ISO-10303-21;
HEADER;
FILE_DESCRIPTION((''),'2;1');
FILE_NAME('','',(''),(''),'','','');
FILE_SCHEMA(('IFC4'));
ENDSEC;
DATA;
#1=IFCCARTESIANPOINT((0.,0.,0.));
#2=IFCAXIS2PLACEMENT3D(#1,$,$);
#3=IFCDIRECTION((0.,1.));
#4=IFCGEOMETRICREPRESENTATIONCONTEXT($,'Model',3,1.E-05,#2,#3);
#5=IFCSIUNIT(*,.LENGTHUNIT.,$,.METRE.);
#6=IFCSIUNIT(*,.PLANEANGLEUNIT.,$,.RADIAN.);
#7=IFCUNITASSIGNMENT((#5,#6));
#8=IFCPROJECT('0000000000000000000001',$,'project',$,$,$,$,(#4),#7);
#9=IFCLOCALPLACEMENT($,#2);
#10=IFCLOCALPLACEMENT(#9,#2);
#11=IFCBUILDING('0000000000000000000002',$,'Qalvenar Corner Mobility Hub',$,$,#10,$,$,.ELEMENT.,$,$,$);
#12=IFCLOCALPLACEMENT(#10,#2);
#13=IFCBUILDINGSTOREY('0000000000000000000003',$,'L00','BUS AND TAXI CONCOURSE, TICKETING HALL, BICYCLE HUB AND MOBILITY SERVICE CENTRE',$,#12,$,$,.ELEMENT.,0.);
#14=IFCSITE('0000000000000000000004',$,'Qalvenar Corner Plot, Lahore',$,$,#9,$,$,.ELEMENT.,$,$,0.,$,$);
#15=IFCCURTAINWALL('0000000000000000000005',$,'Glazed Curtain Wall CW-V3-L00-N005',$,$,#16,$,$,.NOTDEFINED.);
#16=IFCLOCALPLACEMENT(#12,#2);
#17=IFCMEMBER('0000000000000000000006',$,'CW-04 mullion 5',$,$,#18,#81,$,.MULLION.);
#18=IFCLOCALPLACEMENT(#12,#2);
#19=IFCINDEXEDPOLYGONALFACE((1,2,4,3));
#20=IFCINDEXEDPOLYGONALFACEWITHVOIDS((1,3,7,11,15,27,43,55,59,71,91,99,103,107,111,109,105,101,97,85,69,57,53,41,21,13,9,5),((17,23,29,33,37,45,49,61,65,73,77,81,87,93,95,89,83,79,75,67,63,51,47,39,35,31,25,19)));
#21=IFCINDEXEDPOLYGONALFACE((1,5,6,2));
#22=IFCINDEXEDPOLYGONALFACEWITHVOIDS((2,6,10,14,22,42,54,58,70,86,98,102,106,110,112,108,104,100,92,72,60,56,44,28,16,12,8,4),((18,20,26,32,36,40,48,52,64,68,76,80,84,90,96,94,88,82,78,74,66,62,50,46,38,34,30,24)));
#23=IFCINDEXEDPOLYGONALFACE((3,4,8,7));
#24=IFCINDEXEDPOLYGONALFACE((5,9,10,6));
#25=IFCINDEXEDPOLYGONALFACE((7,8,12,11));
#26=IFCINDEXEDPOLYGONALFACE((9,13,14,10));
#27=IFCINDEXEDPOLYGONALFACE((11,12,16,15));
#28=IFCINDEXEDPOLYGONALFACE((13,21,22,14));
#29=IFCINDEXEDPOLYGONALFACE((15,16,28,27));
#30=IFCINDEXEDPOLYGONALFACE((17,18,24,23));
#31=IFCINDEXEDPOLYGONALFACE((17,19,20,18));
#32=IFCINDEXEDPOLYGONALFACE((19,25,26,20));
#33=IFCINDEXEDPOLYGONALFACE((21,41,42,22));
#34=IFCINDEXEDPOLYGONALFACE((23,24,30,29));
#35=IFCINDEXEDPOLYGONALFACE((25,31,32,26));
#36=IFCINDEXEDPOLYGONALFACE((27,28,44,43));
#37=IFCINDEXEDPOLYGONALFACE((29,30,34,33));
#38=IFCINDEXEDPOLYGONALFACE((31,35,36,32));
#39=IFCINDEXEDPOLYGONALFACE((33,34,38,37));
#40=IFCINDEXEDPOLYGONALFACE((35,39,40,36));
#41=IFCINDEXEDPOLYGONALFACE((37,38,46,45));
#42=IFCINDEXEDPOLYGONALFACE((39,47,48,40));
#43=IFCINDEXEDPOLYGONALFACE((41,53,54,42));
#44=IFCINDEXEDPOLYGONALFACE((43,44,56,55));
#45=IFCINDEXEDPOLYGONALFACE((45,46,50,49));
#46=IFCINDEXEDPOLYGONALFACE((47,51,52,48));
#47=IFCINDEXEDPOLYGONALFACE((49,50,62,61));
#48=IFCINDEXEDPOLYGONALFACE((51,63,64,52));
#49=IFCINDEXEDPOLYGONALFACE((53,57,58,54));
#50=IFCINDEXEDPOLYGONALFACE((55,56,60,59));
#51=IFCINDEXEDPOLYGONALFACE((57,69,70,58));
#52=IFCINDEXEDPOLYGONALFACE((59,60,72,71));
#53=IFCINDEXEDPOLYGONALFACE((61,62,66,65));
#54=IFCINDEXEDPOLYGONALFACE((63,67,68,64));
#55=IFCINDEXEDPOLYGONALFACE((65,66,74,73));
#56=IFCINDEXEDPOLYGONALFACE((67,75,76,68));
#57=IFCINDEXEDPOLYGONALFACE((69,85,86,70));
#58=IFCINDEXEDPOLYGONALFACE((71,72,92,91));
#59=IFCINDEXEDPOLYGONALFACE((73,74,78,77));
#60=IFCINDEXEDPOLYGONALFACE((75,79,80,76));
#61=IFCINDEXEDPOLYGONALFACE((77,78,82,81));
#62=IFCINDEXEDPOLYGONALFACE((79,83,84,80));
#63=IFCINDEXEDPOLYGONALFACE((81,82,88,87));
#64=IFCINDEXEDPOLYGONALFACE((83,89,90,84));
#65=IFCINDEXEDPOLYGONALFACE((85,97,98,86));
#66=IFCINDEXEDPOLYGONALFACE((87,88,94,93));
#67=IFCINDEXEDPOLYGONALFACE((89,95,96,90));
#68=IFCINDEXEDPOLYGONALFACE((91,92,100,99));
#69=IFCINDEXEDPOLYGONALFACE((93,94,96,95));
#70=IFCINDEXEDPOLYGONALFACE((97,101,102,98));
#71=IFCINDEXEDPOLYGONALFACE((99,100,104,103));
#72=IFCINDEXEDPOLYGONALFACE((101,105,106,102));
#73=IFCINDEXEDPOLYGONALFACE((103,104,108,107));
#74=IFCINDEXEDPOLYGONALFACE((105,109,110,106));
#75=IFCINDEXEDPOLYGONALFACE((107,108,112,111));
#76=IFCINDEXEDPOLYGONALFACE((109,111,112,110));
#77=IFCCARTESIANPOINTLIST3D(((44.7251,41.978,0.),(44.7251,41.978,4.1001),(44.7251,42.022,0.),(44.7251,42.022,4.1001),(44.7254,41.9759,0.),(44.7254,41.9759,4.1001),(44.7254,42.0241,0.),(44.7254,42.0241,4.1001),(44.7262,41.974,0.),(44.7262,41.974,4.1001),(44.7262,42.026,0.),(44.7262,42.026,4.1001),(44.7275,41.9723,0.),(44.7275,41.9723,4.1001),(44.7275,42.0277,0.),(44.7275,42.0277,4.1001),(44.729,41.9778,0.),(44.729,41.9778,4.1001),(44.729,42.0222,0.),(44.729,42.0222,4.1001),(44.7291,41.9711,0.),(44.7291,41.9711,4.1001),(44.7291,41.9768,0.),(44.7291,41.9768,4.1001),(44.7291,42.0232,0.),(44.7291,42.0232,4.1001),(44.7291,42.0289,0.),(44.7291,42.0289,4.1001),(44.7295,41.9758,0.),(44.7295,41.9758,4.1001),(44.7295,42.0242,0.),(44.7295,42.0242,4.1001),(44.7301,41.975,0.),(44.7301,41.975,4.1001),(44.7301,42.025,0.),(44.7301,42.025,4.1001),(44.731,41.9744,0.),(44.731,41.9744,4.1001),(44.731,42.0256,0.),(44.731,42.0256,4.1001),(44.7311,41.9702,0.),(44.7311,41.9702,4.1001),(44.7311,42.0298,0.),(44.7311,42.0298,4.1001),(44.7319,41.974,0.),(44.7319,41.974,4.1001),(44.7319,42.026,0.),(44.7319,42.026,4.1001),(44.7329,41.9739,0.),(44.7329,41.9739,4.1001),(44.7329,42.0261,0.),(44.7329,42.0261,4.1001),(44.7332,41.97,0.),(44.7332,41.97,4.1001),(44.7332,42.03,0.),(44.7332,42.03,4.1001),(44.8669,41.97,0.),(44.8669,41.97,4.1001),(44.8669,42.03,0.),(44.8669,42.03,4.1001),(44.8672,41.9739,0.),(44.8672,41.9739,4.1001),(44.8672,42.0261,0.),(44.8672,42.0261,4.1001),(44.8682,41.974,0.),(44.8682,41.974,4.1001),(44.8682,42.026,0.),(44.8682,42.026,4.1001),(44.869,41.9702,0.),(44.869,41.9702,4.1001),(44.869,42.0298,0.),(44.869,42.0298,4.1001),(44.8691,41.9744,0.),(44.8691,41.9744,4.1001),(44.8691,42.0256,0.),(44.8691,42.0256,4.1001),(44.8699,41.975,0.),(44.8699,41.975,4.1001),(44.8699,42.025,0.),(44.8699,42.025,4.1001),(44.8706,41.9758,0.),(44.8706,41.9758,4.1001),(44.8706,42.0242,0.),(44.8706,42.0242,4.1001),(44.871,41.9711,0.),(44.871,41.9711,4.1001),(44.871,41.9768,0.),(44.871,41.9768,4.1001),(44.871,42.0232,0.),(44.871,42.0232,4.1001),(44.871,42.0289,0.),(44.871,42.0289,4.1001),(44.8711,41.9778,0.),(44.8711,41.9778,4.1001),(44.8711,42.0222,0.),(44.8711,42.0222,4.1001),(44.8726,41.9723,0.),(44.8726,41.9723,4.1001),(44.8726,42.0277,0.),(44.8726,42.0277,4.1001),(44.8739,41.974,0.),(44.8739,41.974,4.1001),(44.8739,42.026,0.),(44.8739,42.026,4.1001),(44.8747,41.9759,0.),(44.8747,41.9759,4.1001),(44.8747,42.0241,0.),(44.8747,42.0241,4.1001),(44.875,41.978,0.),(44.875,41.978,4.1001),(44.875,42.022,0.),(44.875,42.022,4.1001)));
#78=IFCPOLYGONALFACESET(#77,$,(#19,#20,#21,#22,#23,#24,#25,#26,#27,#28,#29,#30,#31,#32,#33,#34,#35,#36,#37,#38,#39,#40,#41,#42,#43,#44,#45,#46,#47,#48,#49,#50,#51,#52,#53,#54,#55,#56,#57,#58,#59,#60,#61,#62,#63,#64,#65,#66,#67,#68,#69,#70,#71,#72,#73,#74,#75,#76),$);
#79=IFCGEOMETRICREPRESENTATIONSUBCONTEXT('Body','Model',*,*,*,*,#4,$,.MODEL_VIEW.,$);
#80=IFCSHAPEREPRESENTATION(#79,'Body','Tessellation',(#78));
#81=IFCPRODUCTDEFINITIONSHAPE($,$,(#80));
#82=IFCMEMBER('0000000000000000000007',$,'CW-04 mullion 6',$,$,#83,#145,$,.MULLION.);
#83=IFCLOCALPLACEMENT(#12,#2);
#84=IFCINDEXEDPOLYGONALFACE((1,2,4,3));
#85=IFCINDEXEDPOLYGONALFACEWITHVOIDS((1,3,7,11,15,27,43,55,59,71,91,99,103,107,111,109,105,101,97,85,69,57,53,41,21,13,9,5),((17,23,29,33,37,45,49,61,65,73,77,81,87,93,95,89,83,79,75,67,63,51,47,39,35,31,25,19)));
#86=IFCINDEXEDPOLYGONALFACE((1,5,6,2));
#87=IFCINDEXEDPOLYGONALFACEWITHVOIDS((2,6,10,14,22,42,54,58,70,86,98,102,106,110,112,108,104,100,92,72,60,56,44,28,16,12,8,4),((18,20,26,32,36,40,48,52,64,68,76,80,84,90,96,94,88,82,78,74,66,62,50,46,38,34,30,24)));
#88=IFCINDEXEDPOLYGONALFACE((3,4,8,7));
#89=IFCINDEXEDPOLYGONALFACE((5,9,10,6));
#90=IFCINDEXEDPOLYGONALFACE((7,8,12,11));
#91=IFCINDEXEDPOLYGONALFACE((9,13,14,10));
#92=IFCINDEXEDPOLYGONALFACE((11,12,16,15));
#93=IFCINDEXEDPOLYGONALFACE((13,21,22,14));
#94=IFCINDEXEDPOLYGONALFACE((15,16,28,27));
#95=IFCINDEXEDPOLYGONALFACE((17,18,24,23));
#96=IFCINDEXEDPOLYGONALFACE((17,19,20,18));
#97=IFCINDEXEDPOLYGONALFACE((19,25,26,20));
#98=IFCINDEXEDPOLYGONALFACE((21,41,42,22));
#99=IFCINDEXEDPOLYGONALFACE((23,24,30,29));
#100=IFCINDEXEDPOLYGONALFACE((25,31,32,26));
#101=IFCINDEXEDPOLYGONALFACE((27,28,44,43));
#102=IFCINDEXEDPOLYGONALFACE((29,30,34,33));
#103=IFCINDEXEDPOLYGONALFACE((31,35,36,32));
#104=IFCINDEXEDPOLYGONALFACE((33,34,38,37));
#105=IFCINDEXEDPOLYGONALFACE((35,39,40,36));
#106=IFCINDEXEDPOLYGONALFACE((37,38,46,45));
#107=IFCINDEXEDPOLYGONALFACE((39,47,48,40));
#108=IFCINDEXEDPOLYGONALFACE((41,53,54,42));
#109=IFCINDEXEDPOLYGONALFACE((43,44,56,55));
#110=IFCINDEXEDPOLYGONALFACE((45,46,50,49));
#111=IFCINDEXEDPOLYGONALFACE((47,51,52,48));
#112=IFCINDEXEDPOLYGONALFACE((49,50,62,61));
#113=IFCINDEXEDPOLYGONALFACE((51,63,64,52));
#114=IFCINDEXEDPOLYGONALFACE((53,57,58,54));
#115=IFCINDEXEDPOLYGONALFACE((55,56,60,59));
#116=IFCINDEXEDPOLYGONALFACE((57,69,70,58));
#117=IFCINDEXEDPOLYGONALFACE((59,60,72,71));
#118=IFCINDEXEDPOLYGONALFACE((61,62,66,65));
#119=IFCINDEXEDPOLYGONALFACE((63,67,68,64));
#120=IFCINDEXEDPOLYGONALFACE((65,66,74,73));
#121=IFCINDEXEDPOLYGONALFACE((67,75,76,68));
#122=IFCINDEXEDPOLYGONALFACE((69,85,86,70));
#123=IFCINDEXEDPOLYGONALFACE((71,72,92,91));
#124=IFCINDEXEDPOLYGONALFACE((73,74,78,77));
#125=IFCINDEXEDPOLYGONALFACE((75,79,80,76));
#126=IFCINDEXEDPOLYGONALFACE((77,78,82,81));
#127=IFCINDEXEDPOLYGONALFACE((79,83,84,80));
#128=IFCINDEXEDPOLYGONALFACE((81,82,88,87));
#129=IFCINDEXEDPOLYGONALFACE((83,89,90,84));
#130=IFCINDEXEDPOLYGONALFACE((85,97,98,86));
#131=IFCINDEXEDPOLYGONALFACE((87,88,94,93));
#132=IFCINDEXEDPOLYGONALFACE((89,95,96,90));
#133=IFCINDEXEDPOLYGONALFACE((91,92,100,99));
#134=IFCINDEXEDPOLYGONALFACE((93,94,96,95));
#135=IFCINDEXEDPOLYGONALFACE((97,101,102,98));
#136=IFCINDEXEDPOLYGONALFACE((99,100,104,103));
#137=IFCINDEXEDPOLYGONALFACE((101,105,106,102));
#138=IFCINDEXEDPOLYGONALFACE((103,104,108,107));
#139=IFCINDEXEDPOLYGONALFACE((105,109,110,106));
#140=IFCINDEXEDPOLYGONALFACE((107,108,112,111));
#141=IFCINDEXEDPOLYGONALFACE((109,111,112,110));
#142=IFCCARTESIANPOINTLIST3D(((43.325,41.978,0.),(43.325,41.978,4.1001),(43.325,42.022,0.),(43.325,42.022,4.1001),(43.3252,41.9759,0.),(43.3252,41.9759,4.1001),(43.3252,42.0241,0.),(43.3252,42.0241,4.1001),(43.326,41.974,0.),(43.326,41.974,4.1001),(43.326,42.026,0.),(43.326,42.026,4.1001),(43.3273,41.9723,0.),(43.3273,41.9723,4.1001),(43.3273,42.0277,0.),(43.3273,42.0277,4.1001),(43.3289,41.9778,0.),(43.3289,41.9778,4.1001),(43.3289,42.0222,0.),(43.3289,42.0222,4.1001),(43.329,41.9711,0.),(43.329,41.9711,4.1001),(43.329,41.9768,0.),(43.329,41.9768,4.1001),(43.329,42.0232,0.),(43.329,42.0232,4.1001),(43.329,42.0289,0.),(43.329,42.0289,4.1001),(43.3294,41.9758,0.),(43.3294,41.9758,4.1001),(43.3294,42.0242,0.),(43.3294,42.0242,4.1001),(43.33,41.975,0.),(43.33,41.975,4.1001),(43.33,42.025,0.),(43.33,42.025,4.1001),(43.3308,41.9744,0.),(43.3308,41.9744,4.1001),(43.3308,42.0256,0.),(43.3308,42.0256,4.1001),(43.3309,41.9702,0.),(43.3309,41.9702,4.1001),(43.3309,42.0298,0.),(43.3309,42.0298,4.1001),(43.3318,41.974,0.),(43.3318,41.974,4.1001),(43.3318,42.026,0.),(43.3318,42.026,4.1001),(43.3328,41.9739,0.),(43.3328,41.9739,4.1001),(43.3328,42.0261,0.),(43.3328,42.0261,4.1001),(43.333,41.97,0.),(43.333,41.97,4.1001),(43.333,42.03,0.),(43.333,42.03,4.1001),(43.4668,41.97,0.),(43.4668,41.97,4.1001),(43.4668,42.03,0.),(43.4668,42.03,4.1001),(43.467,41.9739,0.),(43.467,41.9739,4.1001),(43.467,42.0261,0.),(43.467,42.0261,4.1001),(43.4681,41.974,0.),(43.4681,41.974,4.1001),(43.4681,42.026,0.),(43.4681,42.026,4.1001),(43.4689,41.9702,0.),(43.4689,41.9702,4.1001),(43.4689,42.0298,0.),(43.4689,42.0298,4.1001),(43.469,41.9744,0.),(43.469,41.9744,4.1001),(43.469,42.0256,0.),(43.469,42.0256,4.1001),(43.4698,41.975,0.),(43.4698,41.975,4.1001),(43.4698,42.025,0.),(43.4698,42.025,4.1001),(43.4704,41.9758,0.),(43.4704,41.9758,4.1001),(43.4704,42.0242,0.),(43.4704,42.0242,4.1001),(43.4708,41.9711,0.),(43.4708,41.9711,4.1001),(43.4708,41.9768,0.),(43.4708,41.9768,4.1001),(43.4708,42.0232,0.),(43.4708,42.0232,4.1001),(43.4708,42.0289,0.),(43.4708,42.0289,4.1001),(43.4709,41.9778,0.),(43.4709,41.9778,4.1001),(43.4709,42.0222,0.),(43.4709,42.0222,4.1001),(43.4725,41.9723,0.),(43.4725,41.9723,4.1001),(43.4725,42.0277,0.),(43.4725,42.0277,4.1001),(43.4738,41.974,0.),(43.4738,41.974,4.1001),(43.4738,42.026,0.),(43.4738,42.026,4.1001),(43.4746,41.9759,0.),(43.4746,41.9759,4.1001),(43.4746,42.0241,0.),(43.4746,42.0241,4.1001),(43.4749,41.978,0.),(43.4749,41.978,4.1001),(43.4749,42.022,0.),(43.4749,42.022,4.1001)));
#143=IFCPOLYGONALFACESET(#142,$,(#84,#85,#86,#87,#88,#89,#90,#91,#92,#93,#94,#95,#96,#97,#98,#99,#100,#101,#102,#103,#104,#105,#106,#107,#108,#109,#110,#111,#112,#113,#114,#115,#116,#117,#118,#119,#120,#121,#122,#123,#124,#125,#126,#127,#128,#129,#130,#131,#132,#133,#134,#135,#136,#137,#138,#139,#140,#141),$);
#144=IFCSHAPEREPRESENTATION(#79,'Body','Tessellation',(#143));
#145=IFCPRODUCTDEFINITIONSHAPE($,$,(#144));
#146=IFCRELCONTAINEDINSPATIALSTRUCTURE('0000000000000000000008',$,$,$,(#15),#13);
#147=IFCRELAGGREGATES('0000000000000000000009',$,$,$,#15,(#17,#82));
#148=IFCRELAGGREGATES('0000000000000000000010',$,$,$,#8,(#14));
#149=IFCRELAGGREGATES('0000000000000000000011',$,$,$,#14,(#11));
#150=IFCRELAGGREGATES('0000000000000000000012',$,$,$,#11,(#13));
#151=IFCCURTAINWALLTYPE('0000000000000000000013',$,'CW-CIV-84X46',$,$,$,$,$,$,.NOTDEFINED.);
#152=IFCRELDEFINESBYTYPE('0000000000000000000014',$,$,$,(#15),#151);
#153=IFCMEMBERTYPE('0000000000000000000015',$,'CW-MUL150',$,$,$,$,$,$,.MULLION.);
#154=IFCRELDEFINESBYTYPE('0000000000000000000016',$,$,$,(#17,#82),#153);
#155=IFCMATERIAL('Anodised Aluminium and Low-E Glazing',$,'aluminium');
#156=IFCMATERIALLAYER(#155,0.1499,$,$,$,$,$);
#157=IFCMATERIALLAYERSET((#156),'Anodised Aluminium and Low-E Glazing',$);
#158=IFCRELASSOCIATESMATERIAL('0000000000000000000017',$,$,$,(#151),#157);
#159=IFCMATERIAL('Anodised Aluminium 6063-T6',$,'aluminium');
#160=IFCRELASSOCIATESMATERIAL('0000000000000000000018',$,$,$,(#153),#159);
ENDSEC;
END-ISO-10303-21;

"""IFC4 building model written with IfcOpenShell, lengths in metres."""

from ifc_helpers import new_model, si_unit, direction, frame, origin, origin_2d, place, context, subcontext, project, spatial, hollow_rectangle, extrude, material, layer, layer_set, material_profile, profile_set, type_object, element, aggregate, save


model = new_model("IFC4")

# Units and contexts
model_context = context("Model", 3, precision=1e-05, world=origin(), true_north=direction((0.0, 1.0)))
body_context = subcontext(model_context, "Body", "Model", "MODEL_VIEW")
ifc_project = project(units=[si_unit("LENGTHUNIT", "METRE"), si_unit("PLANEANGLEUNIT", "RADIAN")], contexts=[model_context])

# Site, building, storey
site_placement = place(None, origin())
site = spatial("IfcSite", under=ifc_project, at=site_placement, Name="Qalvenar Corner Plot, Lahore", CompositionType="ELEMENT", RefElevation=0.0)
building_placement = place(site_placement, origin())
building = spatial("IfcBuilding", under=site, at=building_placement, Name="Qalvenar Corner Mobility Hub", CompositionType="ELEMENT")
storey_placement = place(building_placement, origin())
storey = spatial("IfcBuildingStorey", under=building, at=storey_placement, Name="L00", Description="BUS AND TAXI CONCOURSE, TICKETING HALL, BICYCLE HUB AND MOBILITY SERVICE CENTRE", CompositionType="ELEMENT", Elevation=0.0)

# Curtain wall, members
ifc_material_1 = material(Name="Anodised Aluminium and Low-E Glazing", Category="aluminium")
ifc_layer_1 = layer(ifc_material_1, 0.1499)
ifc_layer_set_1 = layer_set([ifc_layer_1], Name="Anodised Aluminium and Low-E Glazing")
curtain_wall_type = type_object("IfcCurtainWallType", Name="CW-CIV-84X46", PredefinedType="NOTDEFINED", material=ifc_layer_set_1)
curtain_wall_1_placement = place(storey_placement, origin())
curtain_wall_1 = element("IfcCurtainWall", 1, at=curtain_wall_1_placement, inside=storey, type_object=curtain_wall_type, Name="Glazed Curtain Wall CW-V3-L00-N005", PredefinedType="NOTDEFINED")
ifc_material_2 = material(Name="Anodised Aluminium 6063-T6", Category="aluminium")
ifc_material_profile_1 = material_profile(ifc_material_2, hollow_rectangle(XDim=0.0601, YDim=0.1499, WallThickness=0.0039, InnerFilletRadius=0.0039, OuterFilletRadius=0.0081, at=origin_2d()), Name="RHS150x60x4")
ifc_profile_set_1 = profile_set([ifc_material_profile_1], Name="Anodised Aluminium 6063-T6")
member_type_1 = type_object("IfcMemberType", Name="CW-MUL150", PredefinedType="MULLION", material=ifc_profile_set_1)
member_1_placement = place(storey_placement, frame((44.8, 42.0, 0.0), z_axis=(0.0, 0.0, 1.0), x_axis=(0.0, -1.0, 0.0)))
member_1 = element("IfcMember", 2, at=member_1_placement, type_object=member_type_1, Name="CW-04 mullion 5", PredefinedType="MULLION", context=body_context, shape_type="SweptSolid", body=[
    extrude(hollow_rectangle(XDim=0.0601, YDim=0.1499, WallThickness=0.0039, InnerFilletRadius=0.0039, OuterFilletRadius=0.0081, at=origin_2d()), origin(), (0.0, 0.0, 1.0), 4.1001),
])
member_2_placement = place(storey_placement, frame((43.3999, 42.0, 0.0), z_axis=(0.0, 0.0, 1.0), x_axis=(0.0, -1.0, 0.0)))
member_2 = element("IfcMember", 3, at=member_2_placement, type_object=member_type_1, Name="CW-04 mullion 6", PredefinedType="MULLION", context=body_context, shape_type="SweptSolid", body=[
    extrude(hollow_rectangle(XDim=0.0601, YDim=0.1499, WallThickness=0.0039, InnerFilletRadius=0.0039, OuterFilletRadius=0.0081, at=origin_2d()), origin(), (0.0, 0.0, 1.0), 4.1001),
])

aggregate(curtain_wall_1, [member_1, member_2])

save(model, "model.ifc")
